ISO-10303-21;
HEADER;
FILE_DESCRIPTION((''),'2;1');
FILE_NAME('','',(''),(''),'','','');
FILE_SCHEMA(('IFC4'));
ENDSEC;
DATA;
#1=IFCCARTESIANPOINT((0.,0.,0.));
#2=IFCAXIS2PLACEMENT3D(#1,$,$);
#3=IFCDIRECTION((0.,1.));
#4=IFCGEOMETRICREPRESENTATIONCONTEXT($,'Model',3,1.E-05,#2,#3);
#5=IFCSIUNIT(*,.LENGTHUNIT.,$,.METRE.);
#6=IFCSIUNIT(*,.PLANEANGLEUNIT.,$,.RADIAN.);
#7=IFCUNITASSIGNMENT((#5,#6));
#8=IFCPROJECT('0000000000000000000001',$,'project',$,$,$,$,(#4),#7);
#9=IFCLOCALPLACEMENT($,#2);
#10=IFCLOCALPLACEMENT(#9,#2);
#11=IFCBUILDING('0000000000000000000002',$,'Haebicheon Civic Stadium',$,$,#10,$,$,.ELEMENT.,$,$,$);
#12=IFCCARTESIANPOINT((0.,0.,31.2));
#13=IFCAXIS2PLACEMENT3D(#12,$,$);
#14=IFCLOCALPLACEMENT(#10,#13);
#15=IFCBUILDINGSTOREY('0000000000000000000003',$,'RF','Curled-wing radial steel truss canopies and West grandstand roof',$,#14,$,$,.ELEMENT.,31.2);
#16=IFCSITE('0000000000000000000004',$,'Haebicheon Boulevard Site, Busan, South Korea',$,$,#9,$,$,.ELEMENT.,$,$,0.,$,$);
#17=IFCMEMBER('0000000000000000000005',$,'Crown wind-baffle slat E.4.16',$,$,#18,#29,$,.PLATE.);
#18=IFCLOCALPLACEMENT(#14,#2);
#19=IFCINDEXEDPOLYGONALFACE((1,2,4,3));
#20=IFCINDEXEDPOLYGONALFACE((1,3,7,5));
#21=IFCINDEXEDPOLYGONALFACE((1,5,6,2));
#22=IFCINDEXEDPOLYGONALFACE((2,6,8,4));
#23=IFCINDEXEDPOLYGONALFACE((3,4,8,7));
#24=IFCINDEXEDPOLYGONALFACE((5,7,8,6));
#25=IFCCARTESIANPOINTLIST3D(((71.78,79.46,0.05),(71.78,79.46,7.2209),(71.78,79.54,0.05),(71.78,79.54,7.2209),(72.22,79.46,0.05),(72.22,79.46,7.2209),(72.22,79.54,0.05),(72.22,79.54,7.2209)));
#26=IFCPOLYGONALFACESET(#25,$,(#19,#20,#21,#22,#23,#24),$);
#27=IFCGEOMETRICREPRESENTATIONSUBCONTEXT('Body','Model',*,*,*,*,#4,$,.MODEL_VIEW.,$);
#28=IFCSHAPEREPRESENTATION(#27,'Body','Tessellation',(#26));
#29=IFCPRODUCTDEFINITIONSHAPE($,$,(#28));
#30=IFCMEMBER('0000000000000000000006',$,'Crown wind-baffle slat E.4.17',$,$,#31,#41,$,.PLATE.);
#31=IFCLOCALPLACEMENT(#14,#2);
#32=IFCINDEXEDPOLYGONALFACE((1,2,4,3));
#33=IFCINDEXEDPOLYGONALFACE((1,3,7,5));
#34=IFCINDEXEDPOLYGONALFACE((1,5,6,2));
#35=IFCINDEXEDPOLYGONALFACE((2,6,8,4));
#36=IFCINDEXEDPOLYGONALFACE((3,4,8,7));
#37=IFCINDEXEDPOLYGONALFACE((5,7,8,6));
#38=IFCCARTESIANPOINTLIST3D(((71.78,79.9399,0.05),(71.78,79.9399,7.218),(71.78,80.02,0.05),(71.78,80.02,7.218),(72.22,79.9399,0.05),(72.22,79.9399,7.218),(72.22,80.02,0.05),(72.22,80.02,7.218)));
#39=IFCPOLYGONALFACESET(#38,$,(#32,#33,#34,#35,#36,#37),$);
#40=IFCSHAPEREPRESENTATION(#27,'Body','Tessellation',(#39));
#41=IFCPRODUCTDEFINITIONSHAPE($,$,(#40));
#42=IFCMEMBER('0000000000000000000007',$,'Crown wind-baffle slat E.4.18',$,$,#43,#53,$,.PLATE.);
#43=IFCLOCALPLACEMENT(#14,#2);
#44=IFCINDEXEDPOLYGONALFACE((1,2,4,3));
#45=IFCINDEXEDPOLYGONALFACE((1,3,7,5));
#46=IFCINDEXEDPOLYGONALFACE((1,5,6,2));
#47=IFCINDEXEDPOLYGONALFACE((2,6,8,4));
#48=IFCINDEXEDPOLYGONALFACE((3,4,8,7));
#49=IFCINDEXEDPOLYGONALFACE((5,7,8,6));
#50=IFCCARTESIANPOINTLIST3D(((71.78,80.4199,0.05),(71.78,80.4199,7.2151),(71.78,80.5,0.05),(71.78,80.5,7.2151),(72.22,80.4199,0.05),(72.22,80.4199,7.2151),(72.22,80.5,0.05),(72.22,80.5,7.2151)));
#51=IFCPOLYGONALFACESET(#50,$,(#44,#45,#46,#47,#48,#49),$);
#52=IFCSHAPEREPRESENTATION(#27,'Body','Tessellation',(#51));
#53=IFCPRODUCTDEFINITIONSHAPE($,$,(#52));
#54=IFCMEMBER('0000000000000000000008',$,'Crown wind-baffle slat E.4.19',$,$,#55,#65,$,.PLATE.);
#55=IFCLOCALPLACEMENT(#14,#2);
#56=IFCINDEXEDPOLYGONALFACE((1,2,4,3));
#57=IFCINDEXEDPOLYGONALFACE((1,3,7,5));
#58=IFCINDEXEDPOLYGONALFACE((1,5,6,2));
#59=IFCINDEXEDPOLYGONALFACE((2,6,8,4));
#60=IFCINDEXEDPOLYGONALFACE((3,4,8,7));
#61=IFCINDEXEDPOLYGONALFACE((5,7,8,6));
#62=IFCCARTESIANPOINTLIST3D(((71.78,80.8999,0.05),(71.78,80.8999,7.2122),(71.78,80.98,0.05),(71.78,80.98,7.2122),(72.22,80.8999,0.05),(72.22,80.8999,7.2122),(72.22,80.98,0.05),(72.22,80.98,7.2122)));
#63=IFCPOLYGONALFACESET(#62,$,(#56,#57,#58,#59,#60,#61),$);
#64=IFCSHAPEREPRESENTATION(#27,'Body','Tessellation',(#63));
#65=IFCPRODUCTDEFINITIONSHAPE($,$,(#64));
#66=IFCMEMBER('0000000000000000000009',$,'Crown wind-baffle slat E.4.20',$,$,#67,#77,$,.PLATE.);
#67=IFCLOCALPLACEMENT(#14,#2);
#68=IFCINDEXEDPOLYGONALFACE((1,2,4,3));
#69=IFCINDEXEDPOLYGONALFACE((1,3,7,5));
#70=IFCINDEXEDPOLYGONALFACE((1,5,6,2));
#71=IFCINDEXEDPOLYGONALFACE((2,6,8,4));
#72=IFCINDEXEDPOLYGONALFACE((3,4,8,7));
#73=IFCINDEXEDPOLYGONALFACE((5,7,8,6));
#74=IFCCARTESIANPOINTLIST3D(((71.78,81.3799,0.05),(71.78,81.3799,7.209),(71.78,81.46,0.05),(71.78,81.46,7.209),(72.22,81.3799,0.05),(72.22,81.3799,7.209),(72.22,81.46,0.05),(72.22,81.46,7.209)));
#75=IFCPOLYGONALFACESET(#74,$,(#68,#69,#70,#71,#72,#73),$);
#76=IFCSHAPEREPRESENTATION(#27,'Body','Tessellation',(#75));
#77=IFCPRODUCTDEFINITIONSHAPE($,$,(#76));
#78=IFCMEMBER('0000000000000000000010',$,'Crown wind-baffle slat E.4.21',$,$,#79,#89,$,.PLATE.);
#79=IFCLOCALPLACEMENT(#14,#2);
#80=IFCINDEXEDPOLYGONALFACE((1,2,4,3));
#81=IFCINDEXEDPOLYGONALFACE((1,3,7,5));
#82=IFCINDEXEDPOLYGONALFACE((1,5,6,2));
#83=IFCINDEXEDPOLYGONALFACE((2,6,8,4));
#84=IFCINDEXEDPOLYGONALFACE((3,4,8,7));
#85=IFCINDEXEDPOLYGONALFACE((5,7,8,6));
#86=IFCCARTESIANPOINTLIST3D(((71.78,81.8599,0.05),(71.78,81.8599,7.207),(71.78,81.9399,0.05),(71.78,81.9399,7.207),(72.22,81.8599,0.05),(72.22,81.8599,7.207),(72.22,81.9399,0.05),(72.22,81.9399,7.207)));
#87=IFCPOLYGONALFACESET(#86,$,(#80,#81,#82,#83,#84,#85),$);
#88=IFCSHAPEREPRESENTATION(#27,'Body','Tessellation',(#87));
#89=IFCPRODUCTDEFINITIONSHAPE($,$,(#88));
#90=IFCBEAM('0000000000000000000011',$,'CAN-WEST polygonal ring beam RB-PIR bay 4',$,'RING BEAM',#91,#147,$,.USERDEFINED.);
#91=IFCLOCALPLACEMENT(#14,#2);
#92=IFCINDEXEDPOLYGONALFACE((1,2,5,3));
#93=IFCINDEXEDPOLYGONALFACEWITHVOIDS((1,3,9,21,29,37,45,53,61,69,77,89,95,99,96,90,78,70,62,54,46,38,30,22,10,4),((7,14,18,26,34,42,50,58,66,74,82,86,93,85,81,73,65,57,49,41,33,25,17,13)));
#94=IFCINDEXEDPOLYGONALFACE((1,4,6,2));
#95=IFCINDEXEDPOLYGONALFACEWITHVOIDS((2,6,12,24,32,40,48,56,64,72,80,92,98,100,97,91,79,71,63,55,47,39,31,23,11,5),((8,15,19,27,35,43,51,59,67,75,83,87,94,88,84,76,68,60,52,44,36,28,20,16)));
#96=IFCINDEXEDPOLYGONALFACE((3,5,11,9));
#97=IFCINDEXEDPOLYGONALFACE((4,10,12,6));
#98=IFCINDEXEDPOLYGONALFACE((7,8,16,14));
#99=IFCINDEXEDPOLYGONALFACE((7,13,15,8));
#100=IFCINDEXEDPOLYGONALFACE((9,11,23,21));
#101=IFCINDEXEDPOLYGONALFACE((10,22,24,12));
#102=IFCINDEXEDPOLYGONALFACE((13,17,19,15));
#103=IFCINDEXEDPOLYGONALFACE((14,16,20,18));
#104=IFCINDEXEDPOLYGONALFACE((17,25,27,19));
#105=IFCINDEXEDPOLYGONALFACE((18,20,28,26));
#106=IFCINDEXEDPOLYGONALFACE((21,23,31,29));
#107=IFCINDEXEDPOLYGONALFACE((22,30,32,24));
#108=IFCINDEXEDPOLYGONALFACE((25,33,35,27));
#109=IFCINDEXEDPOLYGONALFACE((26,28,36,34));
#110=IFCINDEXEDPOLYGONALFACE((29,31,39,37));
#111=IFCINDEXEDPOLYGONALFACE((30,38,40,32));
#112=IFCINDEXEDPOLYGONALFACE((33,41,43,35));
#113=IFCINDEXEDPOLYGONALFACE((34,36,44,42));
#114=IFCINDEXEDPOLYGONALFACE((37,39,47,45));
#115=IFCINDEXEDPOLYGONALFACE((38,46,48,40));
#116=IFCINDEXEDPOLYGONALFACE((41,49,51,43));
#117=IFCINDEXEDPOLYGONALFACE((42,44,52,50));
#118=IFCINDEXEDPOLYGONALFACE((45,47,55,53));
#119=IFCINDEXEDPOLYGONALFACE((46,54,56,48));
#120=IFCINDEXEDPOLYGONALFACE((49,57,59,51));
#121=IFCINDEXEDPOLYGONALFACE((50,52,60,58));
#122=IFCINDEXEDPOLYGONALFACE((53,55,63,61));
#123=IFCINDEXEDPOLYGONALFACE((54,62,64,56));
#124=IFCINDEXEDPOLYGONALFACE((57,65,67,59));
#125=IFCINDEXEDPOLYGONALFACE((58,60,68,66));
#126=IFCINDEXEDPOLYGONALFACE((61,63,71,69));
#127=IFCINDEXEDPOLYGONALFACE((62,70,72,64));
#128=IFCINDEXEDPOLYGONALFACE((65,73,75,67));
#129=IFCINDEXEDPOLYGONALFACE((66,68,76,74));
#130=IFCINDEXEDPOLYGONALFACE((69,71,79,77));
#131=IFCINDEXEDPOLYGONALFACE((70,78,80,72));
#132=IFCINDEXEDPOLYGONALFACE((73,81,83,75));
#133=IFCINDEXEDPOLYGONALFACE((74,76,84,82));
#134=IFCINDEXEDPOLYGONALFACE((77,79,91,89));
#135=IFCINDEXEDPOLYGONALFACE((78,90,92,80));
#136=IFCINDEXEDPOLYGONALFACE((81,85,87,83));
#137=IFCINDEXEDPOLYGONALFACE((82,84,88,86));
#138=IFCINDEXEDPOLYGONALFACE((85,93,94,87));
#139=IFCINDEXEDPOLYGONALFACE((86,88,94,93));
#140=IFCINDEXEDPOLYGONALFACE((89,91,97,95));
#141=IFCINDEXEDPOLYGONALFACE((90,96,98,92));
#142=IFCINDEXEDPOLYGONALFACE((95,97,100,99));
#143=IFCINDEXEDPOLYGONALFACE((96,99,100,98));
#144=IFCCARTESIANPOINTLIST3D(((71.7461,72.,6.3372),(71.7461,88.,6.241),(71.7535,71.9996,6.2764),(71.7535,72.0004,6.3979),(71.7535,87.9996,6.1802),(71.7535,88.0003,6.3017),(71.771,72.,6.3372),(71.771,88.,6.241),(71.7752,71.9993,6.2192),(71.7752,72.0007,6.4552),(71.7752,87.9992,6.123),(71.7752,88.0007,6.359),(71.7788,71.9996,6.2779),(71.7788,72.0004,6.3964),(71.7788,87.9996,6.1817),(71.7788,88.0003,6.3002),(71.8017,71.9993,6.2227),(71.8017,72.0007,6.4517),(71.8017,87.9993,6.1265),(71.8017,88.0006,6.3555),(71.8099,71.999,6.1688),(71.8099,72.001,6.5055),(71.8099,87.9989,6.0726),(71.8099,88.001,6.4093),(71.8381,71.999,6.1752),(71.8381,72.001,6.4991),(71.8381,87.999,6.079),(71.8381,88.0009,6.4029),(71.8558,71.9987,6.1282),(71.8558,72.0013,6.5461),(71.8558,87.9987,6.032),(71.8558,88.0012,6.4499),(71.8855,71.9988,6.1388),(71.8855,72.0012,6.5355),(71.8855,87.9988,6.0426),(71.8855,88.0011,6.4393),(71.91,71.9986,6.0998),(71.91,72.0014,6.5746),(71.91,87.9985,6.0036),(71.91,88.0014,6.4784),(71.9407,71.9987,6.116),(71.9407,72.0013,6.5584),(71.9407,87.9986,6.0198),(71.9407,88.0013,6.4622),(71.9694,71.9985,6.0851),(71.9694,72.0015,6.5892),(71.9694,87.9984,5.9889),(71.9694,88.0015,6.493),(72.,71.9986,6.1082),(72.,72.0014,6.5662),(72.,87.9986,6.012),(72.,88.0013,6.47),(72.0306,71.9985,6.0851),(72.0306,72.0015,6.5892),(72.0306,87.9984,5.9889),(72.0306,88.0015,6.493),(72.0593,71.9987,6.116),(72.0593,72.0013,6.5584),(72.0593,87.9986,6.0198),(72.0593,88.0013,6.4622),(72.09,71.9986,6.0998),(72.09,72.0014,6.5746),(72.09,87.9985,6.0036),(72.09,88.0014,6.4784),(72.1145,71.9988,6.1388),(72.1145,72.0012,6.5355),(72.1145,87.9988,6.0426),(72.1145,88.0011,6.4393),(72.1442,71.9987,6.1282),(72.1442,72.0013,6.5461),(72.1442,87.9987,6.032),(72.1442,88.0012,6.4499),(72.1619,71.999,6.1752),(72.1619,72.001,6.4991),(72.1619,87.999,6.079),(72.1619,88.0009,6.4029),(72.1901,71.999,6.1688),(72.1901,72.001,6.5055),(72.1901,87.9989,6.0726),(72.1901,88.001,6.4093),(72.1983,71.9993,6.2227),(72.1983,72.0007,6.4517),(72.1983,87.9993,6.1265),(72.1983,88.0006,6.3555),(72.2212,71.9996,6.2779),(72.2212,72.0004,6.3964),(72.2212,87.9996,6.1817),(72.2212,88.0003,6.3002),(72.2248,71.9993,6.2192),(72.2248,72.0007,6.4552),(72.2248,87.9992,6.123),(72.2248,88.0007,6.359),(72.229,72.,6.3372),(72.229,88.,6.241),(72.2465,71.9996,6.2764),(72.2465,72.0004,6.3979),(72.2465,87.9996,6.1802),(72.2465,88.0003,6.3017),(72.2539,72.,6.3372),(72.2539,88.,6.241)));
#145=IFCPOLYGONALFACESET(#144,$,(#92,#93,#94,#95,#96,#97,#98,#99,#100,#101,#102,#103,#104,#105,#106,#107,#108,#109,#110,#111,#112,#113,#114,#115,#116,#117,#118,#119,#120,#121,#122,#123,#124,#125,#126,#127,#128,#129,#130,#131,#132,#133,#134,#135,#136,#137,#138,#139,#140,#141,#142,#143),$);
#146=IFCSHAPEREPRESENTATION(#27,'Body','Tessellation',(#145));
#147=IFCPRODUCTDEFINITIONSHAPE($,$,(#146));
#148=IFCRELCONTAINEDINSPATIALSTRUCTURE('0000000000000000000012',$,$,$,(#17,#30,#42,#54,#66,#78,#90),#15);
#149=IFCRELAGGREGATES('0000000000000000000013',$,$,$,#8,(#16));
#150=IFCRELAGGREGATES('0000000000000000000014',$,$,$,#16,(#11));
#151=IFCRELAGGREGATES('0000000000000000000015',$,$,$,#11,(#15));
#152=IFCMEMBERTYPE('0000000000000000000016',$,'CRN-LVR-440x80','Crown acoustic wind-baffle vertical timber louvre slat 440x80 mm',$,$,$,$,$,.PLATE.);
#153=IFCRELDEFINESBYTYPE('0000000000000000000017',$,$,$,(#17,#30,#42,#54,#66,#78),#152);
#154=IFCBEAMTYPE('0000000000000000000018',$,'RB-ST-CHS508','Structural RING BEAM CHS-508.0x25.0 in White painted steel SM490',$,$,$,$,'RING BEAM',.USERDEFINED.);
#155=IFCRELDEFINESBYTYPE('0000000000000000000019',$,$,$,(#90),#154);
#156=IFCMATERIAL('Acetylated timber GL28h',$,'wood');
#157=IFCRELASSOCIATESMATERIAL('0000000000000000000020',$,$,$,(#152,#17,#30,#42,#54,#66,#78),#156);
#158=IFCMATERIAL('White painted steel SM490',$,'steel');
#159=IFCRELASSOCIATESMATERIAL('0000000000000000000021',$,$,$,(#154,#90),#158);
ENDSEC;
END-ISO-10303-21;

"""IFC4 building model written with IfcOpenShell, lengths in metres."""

from ifc_helpers import new_model, si_unit, direction, frame, origin, origin_2d, place, context, subcontext, project, spatial, rectangle, hollow_circle, extrude, material, material_profile, profile_set, type_object, element, save


model = new_model("IFC4")

# Units and contexts
model_context = context("Model", 3, precision=1e-05, world=origin(), true_north=direction((0.0, 1.0)))
body_context = subcontext(model_context, "Body", "Model", "MODEL_VIEW")
ifc_project = project(units=[si_unit("LENGTHUNIT", "METRE"), si_unit("PLANEANGLEUNIT", "RADIAN")], contexts=[model_context])

# Site, building, storey
site_placement = place(None, origin())
site = spatial("IfcSite", under=ifc_project, at=site_placement, Name="Haebicheon Boulevard Site, Busan, South Korea", CompositionType="ELEMENT", RefElevation=0.0)
building_placement = place(site_placement, origin())
building = spatial("IfcBuilding", under=site, at=building_placement, Name="Haebicheon Civic Stadium", CompositionType="ELEMENT")
storey_placement = place(building_placement, frame((0.0, 0.0, 31.2)))
storey = spatial("IfcBuildingStorey", under=building, at=storey_placement, Name="RF", Description="Curled-wing radial steel truss canopies and West grandstand roof", CompositionType="ELEMENT", Elevation=31.2)

# Members
ifc_material_1 = material(Name="Acetylated timber GL28h", Category="wood")
ifc_material_profile_1 = material_profile(ifc_material_1, rectangle(XDim=0.0801, YDim=0.4399, at=origin_2d()), Name="TMB-LOUV-80x440")
ifc_profile_set_1 = profile_set([ifc_material_profile_1], Name="Acetylated timber GL28h")
member_type_1 = type_object("IfcMemberType", Name="CRN-LVR-440x80", Description="Crown acoustic wind-baffle vertical timber louvre slat 440x80 mm", PredefinedType="PLATE", material=ifc_profile_set_1)
member_1_placement = place(storey_placement, frame((72.0, 79.5, 0.05), z_axis=(0.0, 0.0, 1.0), x_axis=(0.0, 1.0, 0.0)))
element("IfcMember", 1, at=member_1_placement, inside=storey, type_object=member_type_1, material=ifc_profile_set_1, Name="Crown wind-baffle slat E.4.16", PredefinedType="PLATE", context=body_context, shape_type="SweptSolid", body=[
    extrude(rectangle(XDim=0.0801, YDim=0.4399, at=origin_2d()), origin(), (0.0, 0.0, 1.0), 7.1709),
])
member_2_placement = place(storey_placement, frame((72.0, 79.98, 0.05), z_axis=(0.0, 0.0, 1.0), x_axis=(0.0, 1.0, 0.0)))
element("IfcMember", 2, at=member_2_placement, inside=storey, type_object=member_type_1, material=ifc_profile_set_1, Name="Crown wind-baffle slat E.4.17", PredefinedType="PLATE", context=body_context, shape_type="SweptSolid", body=[
    extrude(rectangle(XDim=0.0801, YDim=0.4399, at=origin_2d()), origin(), (0.0, 0.0, 1.0), 7.168),
])
member_3_placement = place(storey_placement, frame((72.0, 80.46, 0.05), z_axis=(0.0, 0.0, 1.0), x_axis=(0.0, 1.0, 0.0)))
element("IfcMember", 3, at=member_3_placement, inside=storey, type_object=member_type_1, material=ifc_profile_set_1, Name="Crown wind-baffle slat E.4.18", PredefinedType="PLATE", context=body_context, shape_type="SweptSolid", body=[
    extrude(rectangle(XDim=0.0801, YDim=0.4399, at=origin_2d()), origin(), (0.0, 0.0, 1.0), 7.165),
])
member_4_placement = place(storey_placement, frame((72.0, 80.9399, 0.05), z_axis=(0.0, 0.0, 1.0), x_axis=(0.0, 1.0, 0.0)))
element("IfcMember", 4, at=member_4_placement, inside=storey, type_object=member_type_1, material=ifc_profile_set_1, Name="Crown wind-baffle slat E.4.19", PredefinedType="PLATE", context=body_context, shape_type="SweptSolid", body=[
    extrude(rectangle(XDim=0.0801, YDim=0.4399, at=origin_2d()), origin(), (0.0, 0.0, 1.0), 7.1621),
])
member_5_placement = place(storey_placement, frame((72.0, 81.4199, 0.05), z_axis=(0.0, 0.0, 1.0), x_axis=(0.0, 1.0, 0.0)))
element("IfcMember", 5, at=member_5_placement, inside=storey, type_object=member_type_1, material=ifc_profile_set_1, Name="Crown wind-baffle slat E.4.20", PredefinedType="PLATE", context=body_context, shape_type="SweptSolid", body=[
    extrude(rectangle(XDim=0.0801, YDim=0.4399, at=origin_2d()), origin(), (0.0, 0.0, 1.0), 7.1589),
])
member_6_placement = place(storey_placement, frame((72.0, 81.8999, 0.05), z_axis=(0.0, 0.0, 1.0), x_axis=(0.0, 1.0, 0.0)))
element("IfcMember", 6, at=member_6_placement, inside=storey, type_object=member_type_1, material=ifc_profile_set_1, Name="Crown wind-baffle slat E.4.21", PredefinedType="PLATE", context=body_context, shape_type="SweptSolid", body=[
    extrude(rectangle(XDim=0.0801, YDim=0.4399, at=origin_2d()), origin(), (0.0, 0.0, 1.0), 7.157),
])

# Beam
ifc_material_2 = material(Name="White painted steel SM490", Category="steel")
ifc_material_profile_2 = material_profile(ifc_material_2, hollow_circle(Radius=0.2539, WallThickness=0.0249, at=origin_2d()), Name="CHS-508.0x25.0")
ifc_profile_set_2 = profile_set([ifc_material_profile_2], Name="White painted steel SM490")
beam_type = type_object("IfcBeamType", Name="RB-ST-CHS508", Description="Structural RING BEAM CHS-508.0x25.0 in White painted steel SM490", ElementType="RING BEAM", PredefinedType="USERDEFINED", material=ifc_profile_set_2)
beam_placement = place(storey_placement, frame((72.0, 72.0, 6.3372), z_axis=(0.0, 0.999982, -0.006012), x_axis=(-1.0, 0.0, 0.0)))
element("IfcBeam", 7, at=beam_placement, inside=storey, type_object=beam_type, material=ifc_profile_set_2, Name="CAN-WEST polygonal ring beam RB-PIR bay 4", ObjectType="RING BEAM", PredefinedType="USERDEFINED", context=body_context, shape_type="SweptSolid", body=[
    extrude(hollow_circle(Radius=0.2539, WallThickness=0.0249, at=origin_2d()), origin(), (0.0, 0.0, 1.0), 16.0002),
])

save(model, "model.ifc")
